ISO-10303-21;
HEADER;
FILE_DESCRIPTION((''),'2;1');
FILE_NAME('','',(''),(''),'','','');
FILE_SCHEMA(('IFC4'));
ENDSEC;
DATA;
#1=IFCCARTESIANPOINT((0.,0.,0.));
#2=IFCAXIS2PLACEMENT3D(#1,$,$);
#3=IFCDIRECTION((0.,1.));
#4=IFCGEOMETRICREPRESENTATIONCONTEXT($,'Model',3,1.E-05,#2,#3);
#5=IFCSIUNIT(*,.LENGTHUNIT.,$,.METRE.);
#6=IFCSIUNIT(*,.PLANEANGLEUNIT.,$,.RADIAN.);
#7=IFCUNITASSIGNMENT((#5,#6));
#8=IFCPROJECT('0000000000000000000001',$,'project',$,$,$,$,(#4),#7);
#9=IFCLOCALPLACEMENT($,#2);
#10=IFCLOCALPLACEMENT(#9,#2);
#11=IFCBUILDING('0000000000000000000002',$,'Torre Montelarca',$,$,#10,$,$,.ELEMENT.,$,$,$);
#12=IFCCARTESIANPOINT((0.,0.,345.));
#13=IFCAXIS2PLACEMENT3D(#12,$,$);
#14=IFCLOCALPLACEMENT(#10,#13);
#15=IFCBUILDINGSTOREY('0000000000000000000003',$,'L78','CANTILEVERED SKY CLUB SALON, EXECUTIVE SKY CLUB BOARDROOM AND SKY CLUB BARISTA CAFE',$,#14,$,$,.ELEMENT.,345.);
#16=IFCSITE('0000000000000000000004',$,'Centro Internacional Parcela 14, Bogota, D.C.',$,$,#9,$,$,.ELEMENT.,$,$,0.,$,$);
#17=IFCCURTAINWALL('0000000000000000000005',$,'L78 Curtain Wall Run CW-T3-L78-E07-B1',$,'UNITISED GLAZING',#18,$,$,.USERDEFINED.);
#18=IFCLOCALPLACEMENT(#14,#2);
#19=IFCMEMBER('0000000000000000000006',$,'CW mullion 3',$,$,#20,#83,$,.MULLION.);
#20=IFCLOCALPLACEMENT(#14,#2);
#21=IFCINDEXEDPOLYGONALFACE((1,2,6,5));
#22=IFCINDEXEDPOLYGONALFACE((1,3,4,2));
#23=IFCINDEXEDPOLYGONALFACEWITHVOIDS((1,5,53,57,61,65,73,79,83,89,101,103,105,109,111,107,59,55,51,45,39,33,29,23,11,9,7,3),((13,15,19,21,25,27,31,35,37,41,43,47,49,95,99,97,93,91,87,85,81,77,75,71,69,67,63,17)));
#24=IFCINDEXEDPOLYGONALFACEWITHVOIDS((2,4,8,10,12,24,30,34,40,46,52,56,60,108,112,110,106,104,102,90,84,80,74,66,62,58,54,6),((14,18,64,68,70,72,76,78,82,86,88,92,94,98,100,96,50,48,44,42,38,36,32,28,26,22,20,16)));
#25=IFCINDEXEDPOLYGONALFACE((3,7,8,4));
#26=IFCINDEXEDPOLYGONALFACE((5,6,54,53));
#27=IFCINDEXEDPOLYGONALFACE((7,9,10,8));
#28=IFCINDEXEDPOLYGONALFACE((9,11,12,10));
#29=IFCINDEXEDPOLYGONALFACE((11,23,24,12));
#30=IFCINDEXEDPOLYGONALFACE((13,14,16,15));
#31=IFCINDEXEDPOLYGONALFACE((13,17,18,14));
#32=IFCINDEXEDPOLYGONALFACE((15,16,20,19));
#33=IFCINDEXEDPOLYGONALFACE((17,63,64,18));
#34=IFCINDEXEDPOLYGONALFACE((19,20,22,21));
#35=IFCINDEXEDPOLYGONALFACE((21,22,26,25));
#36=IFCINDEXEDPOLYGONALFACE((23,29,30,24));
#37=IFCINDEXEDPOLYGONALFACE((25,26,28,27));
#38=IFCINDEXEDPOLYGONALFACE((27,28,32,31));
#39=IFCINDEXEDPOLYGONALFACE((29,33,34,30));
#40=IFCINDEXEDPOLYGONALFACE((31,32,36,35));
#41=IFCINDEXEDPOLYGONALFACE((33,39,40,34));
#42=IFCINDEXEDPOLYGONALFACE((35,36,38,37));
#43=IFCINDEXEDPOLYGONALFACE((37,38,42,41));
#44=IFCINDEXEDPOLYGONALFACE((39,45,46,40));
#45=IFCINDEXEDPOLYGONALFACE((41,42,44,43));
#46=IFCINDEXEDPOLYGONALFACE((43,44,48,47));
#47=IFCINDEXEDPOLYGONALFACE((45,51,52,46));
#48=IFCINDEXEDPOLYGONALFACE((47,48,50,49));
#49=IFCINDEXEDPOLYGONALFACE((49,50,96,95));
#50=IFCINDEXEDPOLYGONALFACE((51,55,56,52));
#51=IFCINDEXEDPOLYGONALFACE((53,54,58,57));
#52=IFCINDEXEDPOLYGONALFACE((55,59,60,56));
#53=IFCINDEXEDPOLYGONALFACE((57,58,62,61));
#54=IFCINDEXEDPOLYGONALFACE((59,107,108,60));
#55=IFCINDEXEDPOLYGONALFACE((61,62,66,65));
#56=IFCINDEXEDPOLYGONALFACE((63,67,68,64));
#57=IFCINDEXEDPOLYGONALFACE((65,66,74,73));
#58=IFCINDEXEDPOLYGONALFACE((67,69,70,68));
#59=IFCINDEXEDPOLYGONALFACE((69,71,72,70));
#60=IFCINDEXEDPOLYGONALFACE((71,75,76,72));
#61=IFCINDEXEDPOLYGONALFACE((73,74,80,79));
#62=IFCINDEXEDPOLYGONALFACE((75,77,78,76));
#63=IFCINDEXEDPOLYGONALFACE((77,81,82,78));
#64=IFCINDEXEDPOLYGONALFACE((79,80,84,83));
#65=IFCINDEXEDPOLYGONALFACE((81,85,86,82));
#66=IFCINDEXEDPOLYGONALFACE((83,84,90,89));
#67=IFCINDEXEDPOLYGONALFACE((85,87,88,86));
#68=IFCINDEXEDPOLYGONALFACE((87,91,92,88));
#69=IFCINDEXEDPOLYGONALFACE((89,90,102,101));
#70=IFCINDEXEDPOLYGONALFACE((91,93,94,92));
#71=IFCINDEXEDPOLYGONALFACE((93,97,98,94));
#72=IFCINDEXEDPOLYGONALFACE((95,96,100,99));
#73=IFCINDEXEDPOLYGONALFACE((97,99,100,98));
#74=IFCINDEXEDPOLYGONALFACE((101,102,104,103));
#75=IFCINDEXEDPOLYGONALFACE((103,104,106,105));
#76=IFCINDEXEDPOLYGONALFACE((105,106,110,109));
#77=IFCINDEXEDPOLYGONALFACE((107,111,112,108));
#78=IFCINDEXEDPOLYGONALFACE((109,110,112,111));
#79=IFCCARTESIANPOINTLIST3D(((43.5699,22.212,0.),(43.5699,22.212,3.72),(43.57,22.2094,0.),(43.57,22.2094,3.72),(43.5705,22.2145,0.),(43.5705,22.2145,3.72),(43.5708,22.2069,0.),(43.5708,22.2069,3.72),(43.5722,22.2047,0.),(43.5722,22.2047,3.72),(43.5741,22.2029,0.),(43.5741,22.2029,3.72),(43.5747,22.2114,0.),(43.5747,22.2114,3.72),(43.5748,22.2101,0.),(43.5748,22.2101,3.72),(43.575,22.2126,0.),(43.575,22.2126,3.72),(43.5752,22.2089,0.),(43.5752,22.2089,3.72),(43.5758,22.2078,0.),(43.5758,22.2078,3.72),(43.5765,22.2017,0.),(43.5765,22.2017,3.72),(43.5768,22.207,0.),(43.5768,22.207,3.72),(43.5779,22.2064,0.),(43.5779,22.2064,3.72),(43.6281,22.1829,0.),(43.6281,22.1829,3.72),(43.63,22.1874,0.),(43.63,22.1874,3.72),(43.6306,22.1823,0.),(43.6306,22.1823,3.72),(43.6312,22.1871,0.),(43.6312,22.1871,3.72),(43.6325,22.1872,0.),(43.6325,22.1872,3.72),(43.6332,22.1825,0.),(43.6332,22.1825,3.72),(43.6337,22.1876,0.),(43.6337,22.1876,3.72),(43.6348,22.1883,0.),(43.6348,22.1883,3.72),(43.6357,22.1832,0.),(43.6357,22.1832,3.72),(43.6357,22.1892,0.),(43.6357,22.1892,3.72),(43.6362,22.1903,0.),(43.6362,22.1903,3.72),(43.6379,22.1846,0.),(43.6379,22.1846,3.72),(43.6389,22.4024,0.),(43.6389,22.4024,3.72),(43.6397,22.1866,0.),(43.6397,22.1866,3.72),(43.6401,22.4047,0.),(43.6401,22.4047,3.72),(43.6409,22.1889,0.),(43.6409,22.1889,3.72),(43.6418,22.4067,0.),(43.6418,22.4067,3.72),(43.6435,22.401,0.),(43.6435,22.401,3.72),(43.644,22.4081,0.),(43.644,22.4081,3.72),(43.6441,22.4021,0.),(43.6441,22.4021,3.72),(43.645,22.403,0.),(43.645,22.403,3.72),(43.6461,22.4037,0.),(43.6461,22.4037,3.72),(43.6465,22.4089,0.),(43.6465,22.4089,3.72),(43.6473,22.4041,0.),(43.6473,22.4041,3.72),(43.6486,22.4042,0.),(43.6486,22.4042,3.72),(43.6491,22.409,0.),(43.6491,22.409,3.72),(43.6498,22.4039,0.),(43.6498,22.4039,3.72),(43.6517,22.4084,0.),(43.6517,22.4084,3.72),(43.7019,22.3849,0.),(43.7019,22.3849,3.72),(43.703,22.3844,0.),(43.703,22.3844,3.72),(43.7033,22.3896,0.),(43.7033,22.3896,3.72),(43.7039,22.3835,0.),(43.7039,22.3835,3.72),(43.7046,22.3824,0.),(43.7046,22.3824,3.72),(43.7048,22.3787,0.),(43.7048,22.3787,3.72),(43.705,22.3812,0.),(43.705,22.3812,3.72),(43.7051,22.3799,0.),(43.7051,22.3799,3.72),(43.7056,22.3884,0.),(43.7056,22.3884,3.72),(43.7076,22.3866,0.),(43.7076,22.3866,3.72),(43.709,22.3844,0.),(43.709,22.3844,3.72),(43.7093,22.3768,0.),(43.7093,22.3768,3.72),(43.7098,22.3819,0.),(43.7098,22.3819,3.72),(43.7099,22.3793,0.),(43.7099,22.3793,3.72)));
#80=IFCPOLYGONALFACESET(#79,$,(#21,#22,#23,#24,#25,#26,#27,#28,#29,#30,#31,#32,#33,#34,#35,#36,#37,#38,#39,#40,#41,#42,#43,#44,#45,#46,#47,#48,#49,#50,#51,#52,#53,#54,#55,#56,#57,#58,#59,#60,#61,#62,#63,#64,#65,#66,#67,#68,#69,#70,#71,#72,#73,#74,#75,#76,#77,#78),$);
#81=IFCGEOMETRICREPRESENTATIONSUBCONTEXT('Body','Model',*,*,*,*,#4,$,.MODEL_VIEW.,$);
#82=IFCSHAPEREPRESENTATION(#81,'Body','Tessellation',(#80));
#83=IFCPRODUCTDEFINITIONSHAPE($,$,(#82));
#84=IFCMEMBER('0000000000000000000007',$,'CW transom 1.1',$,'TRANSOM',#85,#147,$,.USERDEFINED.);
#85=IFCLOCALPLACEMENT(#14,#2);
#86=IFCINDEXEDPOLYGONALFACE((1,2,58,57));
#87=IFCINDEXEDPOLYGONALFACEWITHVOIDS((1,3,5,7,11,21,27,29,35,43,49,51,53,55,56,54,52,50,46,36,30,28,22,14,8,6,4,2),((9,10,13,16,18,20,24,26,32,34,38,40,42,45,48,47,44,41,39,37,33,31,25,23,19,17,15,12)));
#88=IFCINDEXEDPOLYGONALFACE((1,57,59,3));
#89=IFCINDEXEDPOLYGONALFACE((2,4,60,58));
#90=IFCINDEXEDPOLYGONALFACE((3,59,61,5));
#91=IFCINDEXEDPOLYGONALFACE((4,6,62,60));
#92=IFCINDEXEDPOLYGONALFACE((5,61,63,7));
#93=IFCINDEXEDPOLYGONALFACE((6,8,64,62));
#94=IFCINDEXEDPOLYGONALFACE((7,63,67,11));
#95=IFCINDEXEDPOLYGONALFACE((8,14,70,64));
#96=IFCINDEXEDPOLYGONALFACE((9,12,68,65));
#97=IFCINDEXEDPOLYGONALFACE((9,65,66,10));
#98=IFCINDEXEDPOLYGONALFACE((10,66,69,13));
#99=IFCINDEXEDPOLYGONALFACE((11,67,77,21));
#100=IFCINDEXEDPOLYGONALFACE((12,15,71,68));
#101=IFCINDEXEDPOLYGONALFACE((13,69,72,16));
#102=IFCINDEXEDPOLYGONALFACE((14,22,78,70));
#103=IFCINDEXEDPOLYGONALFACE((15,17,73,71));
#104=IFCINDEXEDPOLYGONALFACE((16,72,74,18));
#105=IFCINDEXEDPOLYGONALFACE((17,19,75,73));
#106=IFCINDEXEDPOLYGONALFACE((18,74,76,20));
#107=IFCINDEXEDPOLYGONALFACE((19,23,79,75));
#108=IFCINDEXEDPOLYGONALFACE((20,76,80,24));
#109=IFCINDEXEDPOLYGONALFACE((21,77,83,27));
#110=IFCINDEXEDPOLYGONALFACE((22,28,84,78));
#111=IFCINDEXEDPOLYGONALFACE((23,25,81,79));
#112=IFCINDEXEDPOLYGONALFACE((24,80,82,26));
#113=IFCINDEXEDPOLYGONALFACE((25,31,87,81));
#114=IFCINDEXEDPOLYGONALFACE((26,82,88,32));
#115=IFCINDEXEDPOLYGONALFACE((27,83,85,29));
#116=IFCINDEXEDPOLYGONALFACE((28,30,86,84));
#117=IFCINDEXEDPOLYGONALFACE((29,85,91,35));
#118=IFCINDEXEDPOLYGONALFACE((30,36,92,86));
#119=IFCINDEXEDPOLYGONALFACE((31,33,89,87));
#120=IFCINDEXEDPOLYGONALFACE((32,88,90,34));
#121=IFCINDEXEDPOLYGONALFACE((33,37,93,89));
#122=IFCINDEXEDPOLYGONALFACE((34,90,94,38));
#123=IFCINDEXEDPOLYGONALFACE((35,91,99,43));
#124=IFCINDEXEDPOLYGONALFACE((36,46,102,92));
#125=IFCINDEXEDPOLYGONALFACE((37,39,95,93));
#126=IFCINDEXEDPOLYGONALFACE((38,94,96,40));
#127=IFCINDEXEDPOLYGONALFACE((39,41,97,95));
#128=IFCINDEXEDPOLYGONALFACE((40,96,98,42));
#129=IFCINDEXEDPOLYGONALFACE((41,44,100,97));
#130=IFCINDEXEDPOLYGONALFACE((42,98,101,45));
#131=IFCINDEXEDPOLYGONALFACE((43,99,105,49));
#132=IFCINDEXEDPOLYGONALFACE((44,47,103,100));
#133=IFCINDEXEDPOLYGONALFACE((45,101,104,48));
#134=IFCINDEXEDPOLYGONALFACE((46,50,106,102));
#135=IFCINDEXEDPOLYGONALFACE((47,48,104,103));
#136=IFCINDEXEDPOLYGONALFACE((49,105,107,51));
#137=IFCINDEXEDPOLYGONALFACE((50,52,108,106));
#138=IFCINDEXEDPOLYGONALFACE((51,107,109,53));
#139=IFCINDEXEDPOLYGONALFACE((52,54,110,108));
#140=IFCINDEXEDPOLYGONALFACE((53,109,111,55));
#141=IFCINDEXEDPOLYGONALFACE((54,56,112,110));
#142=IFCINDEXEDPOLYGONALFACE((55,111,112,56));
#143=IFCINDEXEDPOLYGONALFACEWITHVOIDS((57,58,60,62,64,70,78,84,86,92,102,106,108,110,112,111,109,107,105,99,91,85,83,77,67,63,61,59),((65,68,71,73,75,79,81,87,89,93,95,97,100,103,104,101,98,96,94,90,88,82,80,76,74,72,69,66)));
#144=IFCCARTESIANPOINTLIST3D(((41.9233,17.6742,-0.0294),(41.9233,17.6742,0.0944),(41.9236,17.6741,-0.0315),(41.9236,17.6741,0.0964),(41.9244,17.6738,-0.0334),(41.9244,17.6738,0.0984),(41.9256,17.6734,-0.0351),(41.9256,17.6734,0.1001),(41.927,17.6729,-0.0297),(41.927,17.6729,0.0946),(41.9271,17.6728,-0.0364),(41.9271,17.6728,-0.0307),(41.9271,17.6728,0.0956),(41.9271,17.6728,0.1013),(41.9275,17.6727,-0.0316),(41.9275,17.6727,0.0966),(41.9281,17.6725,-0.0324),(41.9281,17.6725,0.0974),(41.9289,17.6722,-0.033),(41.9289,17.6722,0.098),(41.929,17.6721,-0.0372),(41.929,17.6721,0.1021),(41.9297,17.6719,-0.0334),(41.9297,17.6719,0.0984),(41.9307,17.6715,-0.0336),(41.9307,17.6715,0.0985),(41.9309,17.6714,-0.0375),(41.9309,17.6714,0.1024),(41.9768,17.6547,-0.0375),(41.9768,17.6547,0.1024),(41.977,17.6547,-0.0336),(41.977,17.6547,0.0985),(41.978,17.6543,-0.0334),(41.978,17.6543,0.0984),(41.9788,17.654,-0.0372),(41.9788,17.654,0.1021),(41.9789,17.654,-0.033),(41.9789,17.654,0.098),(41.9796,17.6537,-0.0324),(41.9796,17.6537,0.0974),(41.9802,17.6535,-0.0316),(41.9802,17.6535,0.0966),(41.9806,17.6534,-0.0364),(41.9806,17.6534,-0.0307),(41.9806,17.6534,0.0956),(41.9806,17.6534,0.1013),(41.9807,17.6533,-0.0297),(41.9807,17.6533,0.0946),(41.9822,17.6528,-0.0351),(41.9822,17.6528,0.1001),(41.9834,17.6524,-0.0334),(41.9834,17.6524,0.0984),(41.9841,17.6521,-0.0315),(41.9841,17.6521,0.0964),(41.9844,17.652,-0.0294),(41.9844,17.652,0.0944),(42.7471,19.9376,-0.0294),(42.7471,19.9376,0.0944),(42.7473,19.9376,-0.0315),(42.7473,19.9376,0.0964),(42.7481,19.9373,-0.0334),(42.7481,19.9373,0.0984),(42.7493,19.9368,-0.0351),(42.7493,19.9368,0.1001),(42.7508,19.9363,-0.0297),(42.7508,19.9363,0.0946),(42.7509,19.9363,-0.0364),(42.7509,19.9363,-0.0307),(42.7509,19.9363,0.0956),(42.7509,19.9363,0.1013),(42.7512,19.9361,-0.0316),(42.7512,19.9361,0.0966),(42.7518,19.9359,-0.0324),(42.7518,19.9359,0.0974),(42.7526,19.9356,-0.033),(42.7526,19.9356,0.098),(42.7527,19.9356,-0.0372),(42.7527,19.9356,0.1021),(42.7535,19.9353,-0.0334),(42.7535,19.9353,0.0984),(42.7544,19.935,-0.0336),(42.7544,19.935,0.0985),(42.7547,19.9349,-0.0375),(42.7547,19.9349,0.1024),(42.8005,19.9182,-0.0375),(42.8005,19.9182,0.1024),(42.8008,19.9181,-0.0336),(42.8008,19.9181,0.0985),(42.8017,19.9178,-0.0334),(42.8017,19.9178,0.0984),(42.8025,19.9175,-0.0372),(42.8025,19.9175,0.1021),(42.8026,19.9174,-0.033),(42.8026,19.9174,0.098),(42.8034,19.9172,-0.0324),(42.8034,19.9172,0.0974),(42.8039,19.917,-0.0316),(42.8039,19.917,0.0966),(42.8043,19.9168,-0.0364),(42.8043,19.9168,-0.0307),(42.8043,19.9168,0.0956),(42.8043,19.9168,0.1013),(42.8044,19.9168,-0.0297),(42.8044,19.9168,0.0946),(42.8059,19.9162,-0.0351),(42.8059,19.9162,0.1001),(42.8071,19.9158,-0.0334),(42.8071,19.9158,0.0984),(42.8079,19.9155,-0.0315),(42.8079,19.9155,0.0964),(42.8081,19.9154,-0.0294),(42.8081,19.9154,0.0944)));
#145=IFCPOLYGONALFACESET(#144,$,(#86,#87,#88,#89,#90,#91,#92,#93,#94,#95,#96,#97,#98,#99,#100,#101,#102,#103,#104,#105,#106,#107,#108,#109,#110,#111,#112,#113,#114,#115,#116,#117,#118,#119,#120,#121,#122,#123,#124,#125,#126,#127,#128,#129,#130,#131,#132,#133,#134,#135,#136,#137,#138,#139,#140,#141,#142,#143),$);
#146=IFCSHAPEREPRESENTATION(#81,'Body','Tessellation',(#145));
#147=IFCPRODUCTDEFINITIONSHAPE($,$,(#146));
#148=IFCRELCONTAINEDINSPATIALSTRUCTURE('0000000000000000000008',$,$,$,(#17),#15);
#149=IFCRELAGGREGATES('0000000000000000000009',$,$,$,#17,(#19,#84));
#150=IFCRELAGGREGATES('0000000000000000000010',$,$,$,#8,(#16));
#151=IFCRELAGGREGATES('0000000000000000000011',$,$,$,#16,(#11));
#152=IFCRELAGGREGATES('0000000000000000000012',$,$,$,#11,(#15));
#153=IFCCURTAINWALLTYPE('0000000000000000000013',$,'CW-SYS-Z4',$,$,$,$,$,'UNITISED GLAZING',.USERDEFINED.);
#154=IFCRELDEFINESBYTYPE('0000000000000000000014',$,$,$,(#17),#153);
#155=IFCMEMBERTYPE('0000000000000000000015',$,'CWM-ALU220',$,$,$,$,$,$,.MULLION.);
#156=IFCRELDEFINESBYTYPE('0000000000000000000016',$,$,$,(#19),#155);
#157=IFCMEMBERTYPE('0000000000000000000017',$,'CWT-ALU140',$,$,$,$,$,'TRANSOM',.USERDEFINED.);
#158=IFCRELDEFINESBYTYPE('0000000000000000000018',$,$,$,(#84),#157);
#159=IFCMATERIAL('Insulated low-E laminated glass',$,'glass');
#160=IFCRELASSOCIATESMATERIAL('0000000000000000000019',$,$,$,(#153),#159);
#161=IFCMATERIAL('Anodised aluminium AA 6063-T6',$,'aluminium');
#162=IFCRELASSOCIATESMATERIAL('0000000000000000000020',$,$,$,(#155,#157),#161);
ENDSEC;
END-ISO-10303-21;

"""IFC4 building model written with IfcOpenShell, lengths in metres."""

from ifc_helpers import new_model, si_unit, direction, frame, origin, origin_2d, place, context, subcontext, project, spatial, hollow_rectangle, extrude, source, transform, mapped, material, material_profile, profile_set, type_object, element, aggregate, save


model = new_model("IFC4")

# Units and contexts
model_context = context("Model", 3, precision=1e-05, world=origin(), true_north=direction((0.0, 1.0)))
body_context = subcontext(model_context, "Body", "Model", "MODEL_VIEW")
ifc_project = project(units=[si_unit("LENGTHUNIT", "METRE"), si_unit("PLANEANGLEUNIT", "RADIAN")], contexts=[model_context])

# Site, building, storey
site_placement = place(None, origin())
site = spatial("IfcSite", under=ifc_project, at=site_placement, Name="Centro Internacional Parcela 14, Bogota, D.C.", CompositionType="ELEMENT", RefElevation=0.0)
building_placement = place(site_placement, origin())
building = spatial("IfcBuilding", under=site, at=building_placement, Name="Torre Montelarca", CompositionType="ELEMENT")
storey_placement = place(building_placement, frame((0.0, 0.0, 345.0)))
storey = spatial("IfcBuildingStorey", under=building, at=storey_placement, Name="L78", Description="CANTILEVERED SKY CLUB SALON, EXECUTIVE SKY CLUB BOARDROOM AND SKY CLUB BARISTA CAFE", CompositionType="ELEMENT", Elevation=345.0)

# Curtain wall, members
ifc_material_1 = material(Name="Insulated low-E laminated glass", Category="glass")
curtain_wall_type = type_object("IfcCurtainWallType", Name="CW-SYS-Z4", ElementType="UNITISED GLAZING", PredefinedType="USERDEFINED", material=ifc_material_1)
ifc_material_2 = material(Name="Anodised aluminium AA 6063-T6", Category="aluminium")
ifc_material_profile_1 = material_profile(ifc_material_2, hollow_rectangle(XDim=0.075, YDim=0.22, WallThickness=0.0049, InnerFilletRadius=0.0049, OuterFilletRadius=0.01, at=origin_2d()), Name="ALU75X220X5", Category="aluminium")
ifc_profile_set_1 = profile_set([ifc_material_profile_1], Name="Anodised aluminium AA 6063-T6")
member_type_1 = type_object("IfcMemberType", Name="CWM-ALU220", PredefinedType="MULLION", material=ifc_profile_set_1)
shared_shape_1 = source(origin(), body_context, "Body", "SweptSolid", [
    extrude(hollow_rectangle(XDim=0.075, YDim=0.22, WallThickness=0.0049, InnerFilletRadius=0.0049, OuterFilletRadius=0.01, at=origin_2d()), origin(), (0.0, 0.0, 1.0), 3.72),
])
curtain_wall_1_placement = place(storey_placement, origin())
curtain_wall_1 = element("IfcCurtainWall", 1, at=curtain_wall_1_placement, inside=storey, type_object=curtain_wall_type, Name="L78 Curtain Wall Run CW-T3-L78-E07-B1", ObjectType="UNITISED GLAZING", PredefinedType="USERDEFINED")
member_1_placement = place(storey_placement, frame((43.6399, 22.2957, 0.0), z_axis=(0.0, 0.0, 1.0), x_axis=(-0.939694, 0.342015, 0.0)))
member_1 = element("IfcMember", 2, at=member_1_placement, type_object=member_type_1, Name="CW mullion 3", PredefinedType="MULLION", context=body_context, shape_type="MappedRepresentation", body=[
    mapped(shared_shape_1, transform((0.0, 0.0, 0.0), scale=1.0)),
])
ifc_material_profile_2 = material_profile(ifc_material_2, hollow_rectangle(XDim=0.0649, YDim=0.1399, WallThickness=0.0039, InnerFilletRadius=0.0039, OuterFilletRadius=0.0081, at=origin_2d()), Name="ALU65X140X4", Category="aluminium")
ifc_profile_set_2 = profile_set([ifc_material_profile_2], Name="Anodised aluminium AA 6063-T6")
member_type_2 = type_object("IfcMemberType", Name="CWT-ALU140", ElementType="TRANSOM", PredefinedType="USERDEFINED", material=ifc_profile_set_2)
shared_shape_2 = source(origin(), body_context, "Body", "SweptSolid", [
    extrude(hollow_rectangle(XDim=0.0649, YDim=0.1399, WallThickness=0.0039, InnerFilletRadius=0.0039, OuterFilletRadius=0.0081, at=origin_2d()), origin(), (0.0, 0.0, 1.0), 2.4087),
])
member_2_placement = place(storey_placement, frame((41.9539, 17.6631, 0.0325), z_axis=(0.341987, 0.939705, 0.0), x_axis=(-0.939705, 0.341987, 0.0)))
member_2 = element("IfcMember", 3, at=member_2_placement, type_object=member_type_2, Name="CW transom 1.1", ObjectType="TRANSOM", PredefinedType="USERDEFINED", context=body_context, shape_type="MappedRepresentation", body=[
    mapped(shared_shape_2, transform((0.0, 0.0, 0.0), scale=1.0)),
])

aggregate(curtain_wall_1, [member_1, member_2])

save(model, "model.ifc")
